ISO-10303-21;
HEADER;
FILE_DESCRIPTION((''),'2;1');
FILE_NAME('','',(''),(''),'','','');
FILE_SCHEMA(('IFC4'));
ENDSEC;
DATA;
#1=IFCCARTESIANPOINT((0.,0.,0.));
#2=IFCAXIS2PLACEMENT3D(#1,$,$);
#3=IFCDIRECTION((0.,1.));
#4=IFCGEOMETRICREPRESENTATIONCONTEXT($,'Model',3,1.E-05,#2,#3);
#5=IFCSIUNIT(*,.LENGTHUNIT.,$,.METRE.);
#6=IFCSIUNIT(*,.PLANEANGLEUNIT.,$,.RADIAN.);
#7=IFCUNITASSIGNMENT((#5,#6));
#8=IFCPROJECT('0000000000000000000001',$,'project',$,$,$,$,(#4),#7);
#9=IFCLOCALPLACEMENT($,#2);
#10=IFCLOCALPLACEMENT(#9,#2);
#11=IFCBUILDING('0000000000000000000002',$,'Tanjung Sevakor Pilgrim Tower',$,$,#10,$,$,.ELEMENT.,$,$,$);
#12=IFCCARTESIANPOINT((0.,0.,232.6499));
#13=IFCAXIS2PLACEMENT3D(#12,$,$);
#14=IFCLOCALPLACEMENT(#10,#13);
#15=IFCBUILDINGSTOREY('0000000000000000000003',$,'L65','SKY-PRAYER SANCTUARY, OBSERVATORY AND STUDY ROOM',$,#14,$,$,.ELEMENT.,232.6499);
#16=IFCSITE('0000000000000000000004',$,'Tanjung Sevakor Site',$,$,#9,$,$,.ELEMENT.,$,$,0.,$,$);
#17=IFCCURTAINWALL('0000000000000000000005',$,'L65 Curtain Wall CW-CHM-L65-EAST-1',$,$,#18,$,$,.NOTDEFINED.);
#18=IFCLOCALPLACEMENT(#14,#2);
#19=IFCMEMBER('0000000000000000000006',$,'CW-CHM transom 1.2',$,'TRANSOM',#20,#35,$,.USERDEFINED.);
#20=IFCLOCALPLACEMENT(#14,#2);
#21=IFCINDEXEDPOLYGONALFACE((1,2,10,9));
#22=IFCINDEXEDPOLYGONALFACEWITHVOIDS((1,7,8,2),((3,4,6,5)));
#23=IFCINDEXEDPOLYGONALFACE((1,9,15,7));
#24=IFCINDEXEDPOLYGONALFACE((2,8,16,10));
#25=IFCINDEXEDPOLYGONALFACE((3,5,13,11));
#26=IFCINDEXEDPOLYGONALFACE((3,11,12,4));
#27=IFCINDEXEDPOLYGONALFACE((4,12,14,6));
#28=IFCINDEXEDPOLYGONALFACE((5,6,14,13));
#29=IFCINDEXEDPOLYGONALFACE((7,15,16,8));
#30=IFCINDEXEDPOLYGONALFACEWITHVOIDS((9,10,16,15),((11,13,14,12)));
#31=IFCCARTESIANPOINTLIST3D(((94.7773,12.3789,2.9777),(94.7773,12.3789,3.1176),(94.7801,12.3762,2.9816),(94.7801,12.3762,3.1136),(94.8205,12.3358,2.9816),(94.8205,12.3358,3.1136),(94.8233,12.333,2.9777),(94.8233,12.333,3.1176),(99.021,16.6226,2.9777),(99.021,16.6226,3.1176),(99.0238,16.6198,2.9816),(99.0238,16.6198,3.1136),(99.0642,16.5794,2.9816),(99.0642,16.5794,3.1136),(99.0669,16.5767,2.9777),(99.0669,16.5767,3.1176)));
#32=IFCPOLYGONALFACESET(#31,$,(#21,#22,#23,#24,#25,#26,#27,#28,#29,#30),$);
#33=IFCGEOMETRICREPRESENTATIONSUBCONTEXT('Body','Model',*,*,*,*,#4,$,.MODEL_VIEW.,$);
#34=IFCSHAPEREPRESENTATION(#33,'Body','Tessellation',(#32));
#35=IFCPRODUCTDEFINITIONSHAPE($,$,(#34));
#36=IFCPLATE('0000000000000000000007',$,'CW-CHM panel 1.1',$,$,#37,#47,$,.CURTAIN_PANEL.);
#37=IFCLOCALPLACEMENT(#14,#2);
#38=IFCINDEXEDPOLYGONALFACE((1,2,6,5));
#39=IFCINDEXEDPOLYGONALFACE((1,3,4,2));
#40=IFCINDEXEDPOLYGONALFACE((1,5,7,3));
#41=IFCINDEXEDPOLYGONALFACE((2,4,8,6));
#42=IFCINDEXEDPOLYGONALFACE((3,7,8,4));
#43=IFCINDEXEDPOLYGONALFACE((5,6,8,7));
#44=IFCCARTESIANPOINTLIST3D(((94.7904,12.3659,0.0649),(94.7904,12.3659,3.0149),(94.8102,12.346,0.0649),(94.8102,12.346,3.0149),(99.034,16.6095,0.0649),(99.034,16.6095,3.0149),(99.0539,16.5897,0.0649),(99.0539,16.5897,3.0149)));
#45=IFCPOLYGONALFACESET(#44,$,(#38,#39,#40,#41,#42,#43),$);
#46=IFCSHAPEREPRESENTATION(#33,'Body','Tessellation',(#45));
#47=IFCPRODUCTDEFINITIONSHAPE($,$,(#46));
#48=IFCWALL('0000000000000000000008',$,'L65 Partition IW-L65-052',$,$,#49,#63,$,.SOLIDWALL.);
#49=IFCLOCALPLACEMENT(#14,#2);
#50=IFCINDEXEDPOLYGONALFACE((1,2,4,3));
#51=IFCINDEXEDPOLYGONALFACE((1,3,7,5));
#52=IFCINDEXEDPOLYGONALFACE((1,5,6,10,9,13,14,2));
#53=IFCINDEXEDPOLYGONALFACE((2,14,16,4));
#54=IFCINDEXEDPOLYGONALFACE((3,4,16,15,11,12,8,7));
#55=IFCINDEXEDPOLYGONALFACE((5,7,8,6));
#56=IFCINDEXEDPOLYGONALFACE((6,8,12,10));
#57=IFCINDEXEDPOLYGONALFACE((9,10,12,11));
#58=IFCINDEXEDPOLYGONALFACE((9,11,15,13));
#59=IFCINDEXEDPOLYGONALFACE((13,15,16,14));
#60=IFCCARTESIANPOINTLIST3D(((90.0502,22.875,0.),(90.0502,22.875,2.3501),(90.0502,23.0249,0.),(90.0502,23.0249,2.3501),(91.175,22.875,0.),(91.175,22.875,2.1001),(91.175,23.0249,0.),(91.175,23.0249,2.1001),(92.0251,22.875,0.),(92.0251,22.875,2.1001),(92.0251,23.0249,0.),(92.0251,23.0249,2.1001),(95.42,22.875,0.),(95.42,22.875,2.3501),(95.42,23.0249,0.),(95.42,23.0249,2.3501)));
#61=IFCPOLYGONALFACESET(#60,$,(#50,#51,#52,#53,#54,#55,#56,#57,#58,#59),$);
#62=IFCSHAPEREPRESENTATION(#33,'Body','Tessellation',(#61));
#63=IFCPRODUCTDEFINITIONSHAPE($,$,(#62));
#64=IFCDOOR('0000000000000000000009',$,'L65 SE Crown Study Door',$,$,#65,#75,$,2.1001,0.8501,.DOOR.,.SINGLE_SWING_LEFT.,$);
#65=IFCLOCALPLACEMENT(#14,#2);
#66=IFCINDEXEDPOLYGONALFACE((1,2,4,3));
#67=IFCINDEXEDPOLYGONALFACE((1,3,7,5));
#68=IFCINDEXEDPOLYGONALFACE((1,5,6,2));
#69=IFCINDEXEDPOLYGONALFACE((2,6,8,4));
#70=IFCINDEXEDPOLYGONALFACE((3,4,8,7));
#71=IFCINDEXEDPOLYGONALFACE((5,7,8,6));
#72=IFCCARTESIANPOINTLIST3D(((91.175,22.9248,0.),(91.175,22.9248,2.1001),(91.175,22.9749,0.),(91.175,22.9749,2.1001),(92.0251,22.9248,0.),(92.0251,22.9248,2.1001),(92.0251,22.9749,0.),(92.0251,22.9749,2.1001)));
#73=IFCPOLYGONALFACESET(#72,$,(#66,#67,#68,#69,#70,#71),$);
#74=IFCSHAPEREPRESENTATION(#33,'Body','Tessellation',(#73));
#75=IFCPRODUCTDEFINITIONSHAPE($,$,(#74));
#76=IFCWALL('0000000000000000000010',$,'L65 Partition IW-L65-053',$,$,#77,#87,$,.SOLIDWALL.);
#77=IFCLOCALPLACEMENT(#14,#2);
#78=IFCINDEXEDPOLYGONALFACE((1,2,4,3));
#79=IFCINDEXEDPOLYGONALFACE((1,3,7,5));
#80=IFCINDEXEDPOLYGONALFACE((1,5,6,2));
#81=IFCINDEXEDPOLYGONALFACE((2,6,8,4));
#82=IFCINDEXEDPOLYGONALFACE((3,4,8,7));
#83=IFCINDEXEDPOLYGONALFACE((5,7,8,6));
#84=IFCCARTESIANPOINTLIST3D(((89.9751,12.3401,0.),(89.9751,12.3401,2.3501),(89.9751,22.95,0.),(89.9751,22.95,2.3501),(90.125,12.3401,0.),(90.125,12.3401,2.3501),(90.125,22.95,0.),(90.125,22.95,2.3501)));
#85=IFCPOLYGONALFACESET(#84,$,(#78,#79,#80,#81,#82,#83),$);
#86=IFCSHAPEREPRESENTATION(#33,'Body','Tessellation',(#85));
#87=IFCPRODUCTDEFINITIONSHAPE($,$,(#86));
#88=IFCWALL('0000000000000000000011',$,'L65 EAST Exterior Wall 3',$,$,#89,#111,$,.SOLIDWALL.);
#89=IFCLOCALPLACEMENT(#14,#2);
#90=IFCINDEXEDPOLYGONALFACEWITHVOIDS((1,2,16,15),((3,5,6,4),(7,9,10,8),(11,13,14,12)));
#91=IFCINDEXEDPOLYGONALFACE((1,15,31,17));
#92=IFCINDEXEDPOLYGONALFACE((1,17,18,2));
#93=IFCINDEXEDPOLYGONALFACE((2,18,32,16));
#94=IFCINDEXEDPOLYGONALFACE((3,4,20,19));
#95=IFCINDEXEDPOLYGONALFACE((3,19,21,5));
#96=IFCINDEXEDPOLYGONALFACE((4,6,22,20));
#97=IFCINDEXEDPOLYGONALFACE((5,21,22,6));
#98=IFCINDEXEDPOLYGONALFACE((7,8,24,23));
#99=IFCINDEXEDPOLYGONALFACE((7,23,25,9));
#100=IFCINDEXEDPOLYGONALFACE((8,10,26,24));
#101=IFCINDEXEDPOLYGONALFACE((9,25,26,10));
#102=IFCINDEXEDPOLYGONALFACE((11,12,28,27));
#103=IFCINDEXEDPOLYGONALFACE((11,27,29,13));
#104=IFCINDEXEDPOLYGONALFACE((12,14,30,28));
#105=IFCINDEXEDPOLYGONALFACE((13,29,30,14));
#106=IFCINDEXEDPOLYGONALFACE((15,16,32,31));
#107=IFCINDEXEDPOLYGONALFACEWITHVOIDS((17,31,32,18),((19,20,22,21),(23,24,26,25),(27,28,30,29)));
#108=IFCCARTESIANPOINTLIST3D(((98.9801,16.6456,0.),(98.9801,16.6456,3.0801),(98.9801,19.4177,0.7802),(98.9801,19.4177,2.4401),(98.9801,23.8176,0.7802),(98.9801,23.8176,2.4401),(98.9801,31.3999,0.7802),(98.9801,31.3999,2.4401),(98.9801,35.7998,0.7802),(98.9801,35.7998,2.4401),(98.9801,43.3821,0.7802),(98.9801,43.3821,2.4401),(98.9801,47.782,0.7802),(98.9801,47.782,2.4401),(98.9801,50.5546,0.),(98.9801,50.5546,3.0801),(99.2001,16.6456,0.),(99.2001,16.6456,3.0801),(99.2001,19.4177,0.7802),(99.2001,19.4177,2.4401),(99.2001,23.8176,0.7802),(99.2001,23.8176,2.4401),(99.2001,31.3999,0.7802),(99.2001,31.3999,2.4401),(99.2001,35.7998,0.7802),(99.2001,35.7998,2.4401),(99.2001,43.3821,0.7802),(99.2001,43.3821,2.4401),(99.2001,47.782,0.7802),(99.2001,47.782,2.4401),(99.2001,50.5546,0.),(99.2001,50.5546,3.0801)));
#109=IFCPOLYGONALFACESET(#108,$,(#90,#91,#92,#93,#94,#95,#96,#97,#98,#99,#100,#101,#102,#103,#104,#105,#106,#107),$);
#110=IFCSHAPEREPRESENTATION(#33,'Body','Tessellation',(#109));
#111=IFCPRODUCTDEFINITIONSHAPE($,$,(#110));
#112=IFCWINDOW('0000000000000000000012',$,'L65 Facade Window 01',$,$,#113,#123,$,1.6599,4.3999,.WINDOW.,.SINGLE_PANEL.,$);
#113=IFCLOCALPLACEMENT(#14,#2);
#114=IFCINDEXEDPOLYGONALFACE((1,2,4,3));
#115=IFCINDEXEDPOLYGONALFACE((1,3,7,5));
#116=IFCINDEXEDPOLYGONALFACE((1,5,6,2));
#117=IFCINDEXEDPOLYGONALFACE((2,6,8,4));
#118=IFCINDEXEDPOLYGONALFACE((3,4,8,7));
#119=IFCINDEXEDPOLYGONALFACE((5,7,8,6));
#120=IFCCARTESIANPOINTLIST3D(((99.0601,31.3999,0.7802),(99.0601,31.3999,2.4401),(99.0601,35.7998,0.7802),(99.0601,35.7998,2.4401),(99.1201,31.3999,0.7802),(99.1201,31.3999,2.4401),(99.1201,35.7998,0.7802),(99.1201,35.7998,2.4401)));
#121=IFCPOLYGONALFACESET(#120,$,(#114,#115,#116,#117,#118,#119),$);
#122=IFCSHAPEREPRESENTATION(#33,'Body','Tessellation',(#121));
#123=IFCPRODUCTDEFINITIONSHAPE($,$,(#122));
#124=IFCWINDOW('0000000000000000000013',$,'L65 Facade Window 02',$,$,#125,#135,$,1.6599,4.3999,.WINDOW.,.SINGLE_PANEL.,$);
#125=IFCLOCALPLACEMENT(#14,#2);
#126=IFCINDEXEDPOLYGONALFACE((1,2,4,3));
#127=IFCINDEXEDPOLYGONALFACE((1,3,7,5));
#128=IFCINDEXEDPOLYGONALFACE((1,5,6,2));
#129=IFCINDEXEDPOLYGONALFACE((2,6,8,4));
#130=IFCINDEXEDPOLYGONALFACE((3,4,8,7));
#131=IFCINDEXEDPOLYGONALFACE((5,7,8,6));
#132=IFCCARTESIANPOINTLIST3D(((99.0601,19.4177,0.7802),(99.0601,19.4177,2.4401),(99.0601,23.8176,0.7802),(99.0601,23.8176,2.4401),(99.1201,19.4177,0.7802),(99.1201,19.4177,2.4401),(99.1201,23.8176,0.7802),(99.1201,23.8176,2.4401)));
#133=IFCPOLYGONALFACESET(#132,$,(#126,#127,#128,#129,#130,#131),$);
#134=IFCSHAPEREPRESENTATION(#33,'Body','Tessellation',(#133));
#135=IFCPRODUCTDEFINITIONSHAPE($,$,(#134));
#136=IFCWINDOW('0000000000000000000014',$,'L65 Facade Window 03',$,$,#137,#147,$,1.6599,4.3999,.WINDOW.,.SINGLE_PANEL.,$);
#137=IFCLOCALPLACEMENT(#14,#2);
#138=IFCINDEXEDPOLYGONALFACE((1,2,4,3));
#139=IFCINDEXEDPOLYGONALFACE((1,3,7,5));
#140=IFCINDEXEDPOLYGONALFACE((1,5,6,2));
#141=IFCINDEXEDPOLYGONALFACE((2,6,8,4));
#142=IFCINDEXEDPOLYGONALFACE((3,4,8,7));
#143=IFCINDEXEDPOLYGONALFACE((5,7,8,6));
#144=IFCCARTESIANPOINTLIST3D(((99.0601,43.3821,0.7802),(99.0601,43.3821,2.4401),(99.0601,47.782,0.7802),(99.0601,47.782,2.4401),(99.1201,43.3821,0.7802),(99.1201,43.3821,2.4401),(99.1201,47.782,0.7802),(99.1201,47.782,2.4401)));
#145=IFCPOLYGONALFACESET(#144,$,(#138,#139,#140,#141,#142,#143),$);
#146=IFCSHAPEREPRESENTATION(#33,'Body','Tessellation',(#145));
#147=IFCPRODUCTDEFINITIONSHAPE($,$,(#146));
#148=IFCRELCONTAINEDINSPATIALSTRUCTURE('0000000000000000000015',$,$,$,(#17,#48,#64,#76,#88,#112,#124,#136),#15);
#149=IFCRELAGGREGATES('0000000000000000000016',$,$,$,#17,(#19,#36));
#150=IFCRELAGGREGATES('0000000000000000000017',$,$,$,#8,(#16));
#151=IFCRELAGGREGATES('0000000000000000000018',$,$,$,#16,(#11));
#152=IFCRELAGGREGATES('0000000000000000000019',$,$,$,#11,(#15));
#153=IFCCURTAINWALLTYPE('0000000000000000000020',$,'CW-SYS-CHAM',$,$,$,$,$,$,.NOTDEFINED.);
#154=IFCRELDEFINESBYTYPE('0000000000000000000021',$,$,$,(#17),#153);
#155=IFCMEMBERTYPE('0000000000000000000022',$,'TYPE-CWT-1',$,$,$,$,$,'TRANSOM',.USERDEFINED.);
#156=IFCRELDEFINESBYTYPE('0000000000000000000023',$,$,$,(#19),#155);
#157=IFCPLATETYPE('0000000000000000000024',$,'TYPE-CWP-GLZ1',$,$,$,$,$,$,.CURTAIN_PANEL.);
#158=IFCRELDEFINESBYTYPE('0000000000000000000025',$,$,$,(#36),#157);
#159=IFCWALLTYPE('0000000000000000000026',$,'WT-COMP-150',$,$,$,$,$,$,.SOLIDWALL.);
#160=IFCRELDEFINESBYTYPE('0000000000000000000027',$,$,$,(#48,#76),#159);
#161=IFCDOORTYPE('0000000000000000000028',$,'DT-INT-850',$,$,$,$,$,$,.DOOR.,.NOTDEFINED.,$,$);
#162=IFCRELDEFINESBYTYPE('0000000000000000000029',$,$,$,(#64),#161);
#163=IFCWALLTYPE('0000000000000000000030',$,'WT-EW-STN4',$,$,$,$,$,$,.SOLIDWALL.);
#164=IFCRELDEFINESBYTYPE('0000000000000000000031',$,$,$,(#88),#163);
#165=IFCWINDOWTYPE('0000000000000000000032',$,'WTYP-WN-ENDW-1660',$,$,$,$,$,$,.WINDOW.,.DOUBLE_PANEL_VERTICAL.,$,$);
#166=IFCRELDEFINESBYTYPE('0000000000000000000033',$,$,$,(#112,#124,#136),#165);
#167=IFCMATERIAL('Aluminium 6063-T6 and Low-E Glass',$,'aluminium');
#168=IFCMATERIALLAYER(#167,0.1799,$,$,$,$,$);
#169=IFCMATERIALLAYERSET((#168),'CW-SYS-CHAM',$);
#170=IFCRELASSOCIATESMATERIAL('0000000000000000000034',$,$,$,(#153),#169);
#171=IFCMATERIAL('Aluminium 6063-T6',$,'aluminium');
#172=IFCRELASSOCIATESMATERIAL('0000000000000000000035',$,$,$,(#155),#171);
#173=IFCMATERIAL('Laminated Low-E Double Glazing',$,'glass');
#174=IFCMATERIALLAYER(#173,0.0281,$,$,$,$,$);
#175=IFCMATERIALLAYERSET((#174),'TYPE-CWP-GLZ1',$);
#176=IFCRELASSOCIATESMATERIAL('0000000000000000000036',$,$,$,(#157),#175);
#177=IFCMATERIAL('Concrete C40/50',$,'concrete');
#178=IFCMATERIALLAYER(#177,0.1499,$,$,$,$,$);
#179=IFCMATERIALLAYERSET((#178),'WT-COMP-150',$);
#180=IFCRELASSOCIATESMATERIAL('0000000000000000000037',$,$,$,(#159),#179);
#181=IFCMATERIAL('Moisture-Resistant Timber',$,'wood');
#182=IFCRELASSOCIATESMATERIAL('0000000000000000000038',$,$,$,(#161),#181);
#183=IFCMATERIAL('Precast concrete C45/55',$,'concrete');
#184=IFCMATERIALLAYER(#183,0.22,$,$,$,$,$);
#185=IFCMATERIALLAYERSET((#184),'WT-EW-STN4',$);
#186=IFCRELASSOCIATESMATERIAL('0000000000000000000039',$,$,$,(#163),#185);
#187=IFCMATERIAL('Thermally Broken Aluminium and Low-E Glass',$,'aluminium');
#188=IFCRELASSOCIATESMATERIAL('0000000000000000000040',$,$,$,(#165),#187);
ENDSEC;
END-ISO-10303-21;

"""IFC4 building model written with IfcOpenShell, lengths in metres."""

from ifc_helpers import new_model, si_unit, direction, frame, frame_2d, origin, origin_2d, place, context, subcontext, project, spatial, rectangle, hollow_rectangle, extrude, material, layer, layer_set, material_profile, profile_set, type_object, element, fill, aggregate, save


model = new_model("IFC4")

# Units and contexts
model_context = context("Model", 3, precision=1e-05, world=origin(), true_north=direction((0.0, 1.0)))
body_context = subcontext(model_context, "Body", "Model", "MODEL_VIEW")
ifc_project = project(units=[si_unit("LENGTHUNIT", "METRE"), si_unit("PLANEANGLEUNIT", "RADIAN")], contexts=[model_context])

# Site, building, storey
site_placement = place(None, origin())
site = spatial("IfcSite", under=ifc_project, at=site_placement, Name="Tanjung Sevakor Site", CompositionType="ELEMENT", RefElevation=0.0)
building_placement = place(site_placement, origin())
building = spatial("IfcBuilding", under=site, at=building_placement, Name="Tanjung Sevakor Pilgrim Tower", CompositionType="ELEMENT")
storey_placement = place(building_placement, frame((0.0, 0.0, 232.6499)))
storey = spatial("IfcBuildingStorey", under=building, at=storey_placement, Name="L65", Description="SKY-PRAYER SANCTUARY, OBSERVATORY AND STUDY ROOM", CompositionType="ELEMENT", Elevation=232.6499)

# Curtain wall, member, plate
ifc_material_1 = material(Name="Aluminium 6063-T6 and Low-E Glass", Category="aluminium")
ifc_layer_1 = layer(ifc_material_1, 0.1799)
ifc_layer_set_1 = layer_set([ifc_layer_1], Name="CW-SYS-CHAM")
curtain_wall_type = type_object("IfcCurtainWallType", Name="CW-SYS-CHAM", PredefinedType="NOTDEFINED", material=ifc_layer_set_1)
curtain_wall_placement = place(storey_placement, origin())
curtain_wall = element("IfcCurtainWall", 1, at=curtain_wall_placement, inside=storey, type_object=curtain_wall_type, Name="L65 Curtain Wall CW-CHM-L65-EAST-1", PredefinedType="NOTDEFINED")
ifc_material_2 = material(Name="Aluminium 6063-T6", Category="aluminium")
ifc_material_profile_1 = material_profile(ifc_material_2, hollow_rectangle(XDim=0.0649, YDim=0.1399, WallThickness=0.0039, at=origin_2d()))
ifc_profile_set_1 = profile_set([ifc_material_profile_1], Name="Aluminium 6063-T6")
member_type_1 = type_object("IfcMemberType", Name="TYPE-CWT-1", ElementType="TRANSOM", PredefinedType="USERDEFINED", material=ifc_profile_set_1)
member_1_placement = place(storey_placement, frame((94.8003, 12.356, 3.0476), z_axis=(0.707107, 0.707107, 0.0), x_axis=(-0.707107, 0.707107, 0.0)))
member_1 = element("IfcMember", 2, at=member_1_placement, type_object=member_type_1, Name="CW-CHM transom 1.2", ObjectType="TRANSOM", PredefinedType="USERDEFINED", context=body_context, shape_type="SweptSolid", body=[
    extrude(hollow_rectangle(XDim=0.0649, YDim=0.1399, WallThickness=0.0039, at=origin_2d()), origin(), (0.0, 0.0, 1.0), 6.0015),
])
ifc_material_3 = material(Name="Laminated Low-E Double Glazing", Category="glass")
ifc_layer_2 = layer(ifc_material_3, 0.0281)
ifc_layer_set_2 = layer_set([ifc_layer_2], Name="TYPE-CWP-GLZ1")
plate_type = type_object("IfcPlateType", Name="TYPE-CWP-GLZ1", PredefinedType="CURTAIN_PANEL", material=ifc_layer_set_2)
plate_placement = place(storey_placement, frame((96.9221, 14.4778, 0.0649), z_axis=(0.0, 0.0, 1.0), x_axis=(0.707107, 0.707107, 0.0)))
plate = element("IfcPlate", 3, at=plate_placement, type_object=plate_type, Name="CW-CHM panel 1.1", PredefinedType="CURTAIN_PANEL", context=body_context, shape_type="SweptSolid", body=[
    extrude(rectangle(XDim=6.0015, YDim=0.0281, at=origin_2d()), origin(), (0.0, 0.0, 1.0), 2.95),
])
aggregate(curtain_wall, [member_1, plate])

# Shared definitions
ifc_material_4 = material(Name="Concrete C40/50", Category="concrete")
ifc_layer_3 = layer(ifc_material_4, 0.1499)
ifc_layer_set_3 = layer_set([ifc_layer_3], Name="WT-COMP-150")
wall_type_1 = type_object("IfcWallType", Name="WT-COMP-150", PredefinedType="SOLIDWALL", material=ifc_layer_set_3)

# Wall, opening, door
wall_1_placement = place(storey_placement, frame((90.05, 22.95, 0.0), z_axis=(0.0, 0.0, 1.0), x_axis=(1.0, 0.0, 0.0)))
wall_1 = element("IfcWall", 4, at=wall_1_placement, inside=storey, type_object=wall_type_1, Name="L65 Partition IW-L65-052", PredefinedType="SOLIDWALL", context=body_context, shape_type="SweptSolid", body=[
    extrude(rectangle(XDim=5.3699, YDim=0.1499, at=frame_2d((2.6851, 0.0))), origin(), (0.0, 0.0, 1.0), 2.3501),
])
opening_1_placement = place(wall_1_placement, frame((1.125, 0.0, 0.0)))
opening_1 = element("IfcOpeningElement", 5, at=opening_1_placement, cuts=wall_1, PredefinedType="OPENING", context=body_context, shape_type="SweptSolid", body=[
    extrude(rectangle(XDim=0.8501, YDim=2.1001, at=frame_2d((0.425, 1.05))), frame((0.0, 0.085, 0.0), z_axis=(0.0, -1.0, 0.0), x_axis=(1.0, 0.0, 0.0)), (0.0, 0.0, 1.0), 0.1699),
])
ifc_material_5 = material(Name="Moisture-Resistant Timber", Category="wood")
door_type = type_object("IfcDoorType", Name="DT-INT-850", OperationType="NOTDEFINED", PredefinedType="DOOR", material=ifc_material_5)
door_1_placement = place(opening_1_placement, origin())
door_1 = element("IfcDoor", 6, at=door_1_placement, inside=storey, type_object=door_type, Name="L65 SE Crown Study Door", OperationType="SINGLE_SWING_LEFT", OverallHeight=2.1001, OverallWidth=0.8501, PredefinedType="DOOR", context=body_context, shape_type="SweptSolid", body=[
    extrude(rectangle(XDim=0.8501, YDim=2.1001, at=frame_2d((0.425, 1.05))), frame((0.0, 0.0249, 0.0), z_axis=(0.0, -1.0, 0.0), x_axis=(1.0, 0.0, 0.0)), (0.0, 0.0, 1.0), 0.05),
])
fill(opening_1, door_1)

# Wall
wall_2_placement = place(storey_placement, frame((90.05, 12.3401, 0.0), z_axis=(0.0, 0.0, 1.0), x_axis=(0.0, 1.0, 0.0)))
element("IfcWall", 7, at=wall_2_placement, inside=storey, type_object=wall_type_1, Name="L65 Partition IW-L65-053", PredefinedType="SOLIDWALL", context=body_context, shape_type="SweptSolid", body=[
    extrude(rectangle(XDim=10.6099, YDim=0.1499, at=frame_2d((5.3049, 0.0))), origin(), (0.0, 0.0, 1.0), 2.3501),
])

# Wall, openings, windows
ifc_material_6 = material(Name="Precast concrete C45/55", Category="concrete")
ifc_layer_4 = layer(ifc_material_6, 0.22)
ifc_layer_set_4 = layer_set([ifc_layer_4], Name="WT-EW-STN4")
wall_type_2 = type_object("IfcWallType", Name="WT-EW-STN4", PredefinedType="SOLIDWALL", material=ifc_layer_set_4)
wall_3_placement = place(storey_placement, frame((99.0901, 16.6455, 0.0), z_axis=(0.0, 0.0, 1.0), x_axis=(0.0, 1.0, 0.0)))
wall_3 = element("IfcWall", 8, at=wall_3_placement, inside=storey, type_object=wall_type_2, Name="L65 EAST Exterior Wall 3", PredefinedType="SOLIDWALL", context=body_context, shape_type="SweptSolid", body=[
    extrude(rectangle(XDim=33.9089, YDim=0.22, at=frame_2d((16.9546, 0.0))), origin(), (0.0, 0.0, 1.0), 3.0801),
])
opening_2_placement = place(wall_3_placement, frame((14.7544, 0.0, 0.78)))
opening_2 = element("IfcOpeningElement", 9, at=opening_2_placement, cuts=wall_3, PredefinedType="OPENING", context=body_context, shape_type="SweptSolid", body=[
    extrude(rectangle(XDim=4.3999, YDim=1.6599, at=frame_2d((2.2, 0.8301))), frame((0.0, 0.1199, 0.0), z_axis=(0.0, -1.0, 0.0), x_axis=(1.0, 0.0, 0.0)), (0.0, 0.0, 1.0), 0.24),
])
opening_3_placement = place(wall_3_placement, frame((2.7722, 0.0, 0.78)))
opening_3 = element("IfcOpeningElement", 10, at=opening_3_placement, cuts=wall_3, PredefinedType="OPENING", context=body_context, shape_type="SweptSolid", body=[
    extrude(rectangle(XDim=4.3999, YDim=1.6599, at=frame_2d((2.2, 0.8301))), frame((0.0, 0.1199, 0.0), z_axis=(0.0, -1.0, 0.0), x_axis=(1.0, 0.0, 0.0)), (0.0, 0.0, 1.0), 0.24),
])
opening_4_placement = place(wall_3_placement, frame((26.7366, 0.0, 0.78)))
opening_4 = element("IfcOpeningElement", 11, at=opening_4_placement, cuts=wall_3, PredefinedType="OPENING", context=body_context, shape_type="SweptSolid", body=[
    extrude(rectangle(XDim=4.3999, YDim=1.6599, at=frame_2d((2.2, 0.8301))), frame((0.0, 0.1199, 0.0), z_axis=(0.0, -1.0, 0.0), x_axis=(1.0, 0.0, 0.0)), (0.0, 0.0, 1.0), 0.24),
])
ifc_material_7 = material(Name="Thermally Broken Aluminium and Low-E Glass", Category="aluminium")
window_type = type_object("IfcWindowType", Name="WTYP-WN-ENDW-1660", PartitioningType="DOUBLE_PANEL_VERTICAL", PredefinedType="WINDOW", material=ifc_material_7)
window_1_placement = place(opening_2_placement, origin())
window_1 = element("IfcWindow", 12, at=window_1_placement, inside=storey, type_object=window_type, Name="L65 Facade Window 01", OverallHeight=1.6599, OverallWidth=4.3999, PartitioningType="SINGLE_PANEL", PredefinedType="WINDOW", context=body_context, shape_type="SweptSolid", body=[
    extrude(rectangle(XDim=4.3999, YDim=1.6599, at=frame_2d((2.2, 0.8301))), frame((0.0, 0.03, 0.0), z_axis=(0.0, -1.0, 0.0), x_axis=(1.0, 0.0, 0.0)), (0.0, 0.0, 1.0), 0.0601),
])
fill(opening_2, window_1)
window_2_placement = place(opening_3_placement, origin())
window_2 = element("IfcWindow", 13, at=window_2_placement, inside=storey, type_object=window_type, Name="L65 Facade Window 02", OverallHeight=1.6599, OverallWidth=4.3999, PartitioningType="SINGLE_PANEL", PredefinedType="WINDOW", context=body_context, shape_type="SweptSolid", body=[
    extrude(rectangle(XDim=4.3999, YDim=1.6599, at=frame_2d((2.2, 0.8301))), frame((0.0, 0.03, 0.0), z_axis=(0.0, -1.0, 0.0), x_axis=(1.0, 0.0, 0.0)), (0.0, 0.0, 1.0), 0.0601),
])
fill(opening_3, window_2)
window_3_placement = place(opening_4_placement, origin())
window_3 = element("IfcWindow", 14, at=window_3_placement, inside=storey, type_object=window_type, Name="L65 Facade Window 03", OverallHeight=1.6599, OverallWidth=4.3999, PartitioningType="SINGLE_PANEL", PredefinedType="WINDOW", context=body_context, shape_type="SweptSolid", body=[
    extrude(rectangle(XDim=4.3999, YDim=1.6599, at=frame_2d((2.2, 0.8301))), frame((0.0, 0.03, 0.0), z_axis=(0.0, -1.0, 0.0), x_axis=(1.0, 0.0, 0.0)), (0.0, 0.0, 1.0), 0.0601),
])
fill(opening_4, window_3)

save(model, "model.ifc")
